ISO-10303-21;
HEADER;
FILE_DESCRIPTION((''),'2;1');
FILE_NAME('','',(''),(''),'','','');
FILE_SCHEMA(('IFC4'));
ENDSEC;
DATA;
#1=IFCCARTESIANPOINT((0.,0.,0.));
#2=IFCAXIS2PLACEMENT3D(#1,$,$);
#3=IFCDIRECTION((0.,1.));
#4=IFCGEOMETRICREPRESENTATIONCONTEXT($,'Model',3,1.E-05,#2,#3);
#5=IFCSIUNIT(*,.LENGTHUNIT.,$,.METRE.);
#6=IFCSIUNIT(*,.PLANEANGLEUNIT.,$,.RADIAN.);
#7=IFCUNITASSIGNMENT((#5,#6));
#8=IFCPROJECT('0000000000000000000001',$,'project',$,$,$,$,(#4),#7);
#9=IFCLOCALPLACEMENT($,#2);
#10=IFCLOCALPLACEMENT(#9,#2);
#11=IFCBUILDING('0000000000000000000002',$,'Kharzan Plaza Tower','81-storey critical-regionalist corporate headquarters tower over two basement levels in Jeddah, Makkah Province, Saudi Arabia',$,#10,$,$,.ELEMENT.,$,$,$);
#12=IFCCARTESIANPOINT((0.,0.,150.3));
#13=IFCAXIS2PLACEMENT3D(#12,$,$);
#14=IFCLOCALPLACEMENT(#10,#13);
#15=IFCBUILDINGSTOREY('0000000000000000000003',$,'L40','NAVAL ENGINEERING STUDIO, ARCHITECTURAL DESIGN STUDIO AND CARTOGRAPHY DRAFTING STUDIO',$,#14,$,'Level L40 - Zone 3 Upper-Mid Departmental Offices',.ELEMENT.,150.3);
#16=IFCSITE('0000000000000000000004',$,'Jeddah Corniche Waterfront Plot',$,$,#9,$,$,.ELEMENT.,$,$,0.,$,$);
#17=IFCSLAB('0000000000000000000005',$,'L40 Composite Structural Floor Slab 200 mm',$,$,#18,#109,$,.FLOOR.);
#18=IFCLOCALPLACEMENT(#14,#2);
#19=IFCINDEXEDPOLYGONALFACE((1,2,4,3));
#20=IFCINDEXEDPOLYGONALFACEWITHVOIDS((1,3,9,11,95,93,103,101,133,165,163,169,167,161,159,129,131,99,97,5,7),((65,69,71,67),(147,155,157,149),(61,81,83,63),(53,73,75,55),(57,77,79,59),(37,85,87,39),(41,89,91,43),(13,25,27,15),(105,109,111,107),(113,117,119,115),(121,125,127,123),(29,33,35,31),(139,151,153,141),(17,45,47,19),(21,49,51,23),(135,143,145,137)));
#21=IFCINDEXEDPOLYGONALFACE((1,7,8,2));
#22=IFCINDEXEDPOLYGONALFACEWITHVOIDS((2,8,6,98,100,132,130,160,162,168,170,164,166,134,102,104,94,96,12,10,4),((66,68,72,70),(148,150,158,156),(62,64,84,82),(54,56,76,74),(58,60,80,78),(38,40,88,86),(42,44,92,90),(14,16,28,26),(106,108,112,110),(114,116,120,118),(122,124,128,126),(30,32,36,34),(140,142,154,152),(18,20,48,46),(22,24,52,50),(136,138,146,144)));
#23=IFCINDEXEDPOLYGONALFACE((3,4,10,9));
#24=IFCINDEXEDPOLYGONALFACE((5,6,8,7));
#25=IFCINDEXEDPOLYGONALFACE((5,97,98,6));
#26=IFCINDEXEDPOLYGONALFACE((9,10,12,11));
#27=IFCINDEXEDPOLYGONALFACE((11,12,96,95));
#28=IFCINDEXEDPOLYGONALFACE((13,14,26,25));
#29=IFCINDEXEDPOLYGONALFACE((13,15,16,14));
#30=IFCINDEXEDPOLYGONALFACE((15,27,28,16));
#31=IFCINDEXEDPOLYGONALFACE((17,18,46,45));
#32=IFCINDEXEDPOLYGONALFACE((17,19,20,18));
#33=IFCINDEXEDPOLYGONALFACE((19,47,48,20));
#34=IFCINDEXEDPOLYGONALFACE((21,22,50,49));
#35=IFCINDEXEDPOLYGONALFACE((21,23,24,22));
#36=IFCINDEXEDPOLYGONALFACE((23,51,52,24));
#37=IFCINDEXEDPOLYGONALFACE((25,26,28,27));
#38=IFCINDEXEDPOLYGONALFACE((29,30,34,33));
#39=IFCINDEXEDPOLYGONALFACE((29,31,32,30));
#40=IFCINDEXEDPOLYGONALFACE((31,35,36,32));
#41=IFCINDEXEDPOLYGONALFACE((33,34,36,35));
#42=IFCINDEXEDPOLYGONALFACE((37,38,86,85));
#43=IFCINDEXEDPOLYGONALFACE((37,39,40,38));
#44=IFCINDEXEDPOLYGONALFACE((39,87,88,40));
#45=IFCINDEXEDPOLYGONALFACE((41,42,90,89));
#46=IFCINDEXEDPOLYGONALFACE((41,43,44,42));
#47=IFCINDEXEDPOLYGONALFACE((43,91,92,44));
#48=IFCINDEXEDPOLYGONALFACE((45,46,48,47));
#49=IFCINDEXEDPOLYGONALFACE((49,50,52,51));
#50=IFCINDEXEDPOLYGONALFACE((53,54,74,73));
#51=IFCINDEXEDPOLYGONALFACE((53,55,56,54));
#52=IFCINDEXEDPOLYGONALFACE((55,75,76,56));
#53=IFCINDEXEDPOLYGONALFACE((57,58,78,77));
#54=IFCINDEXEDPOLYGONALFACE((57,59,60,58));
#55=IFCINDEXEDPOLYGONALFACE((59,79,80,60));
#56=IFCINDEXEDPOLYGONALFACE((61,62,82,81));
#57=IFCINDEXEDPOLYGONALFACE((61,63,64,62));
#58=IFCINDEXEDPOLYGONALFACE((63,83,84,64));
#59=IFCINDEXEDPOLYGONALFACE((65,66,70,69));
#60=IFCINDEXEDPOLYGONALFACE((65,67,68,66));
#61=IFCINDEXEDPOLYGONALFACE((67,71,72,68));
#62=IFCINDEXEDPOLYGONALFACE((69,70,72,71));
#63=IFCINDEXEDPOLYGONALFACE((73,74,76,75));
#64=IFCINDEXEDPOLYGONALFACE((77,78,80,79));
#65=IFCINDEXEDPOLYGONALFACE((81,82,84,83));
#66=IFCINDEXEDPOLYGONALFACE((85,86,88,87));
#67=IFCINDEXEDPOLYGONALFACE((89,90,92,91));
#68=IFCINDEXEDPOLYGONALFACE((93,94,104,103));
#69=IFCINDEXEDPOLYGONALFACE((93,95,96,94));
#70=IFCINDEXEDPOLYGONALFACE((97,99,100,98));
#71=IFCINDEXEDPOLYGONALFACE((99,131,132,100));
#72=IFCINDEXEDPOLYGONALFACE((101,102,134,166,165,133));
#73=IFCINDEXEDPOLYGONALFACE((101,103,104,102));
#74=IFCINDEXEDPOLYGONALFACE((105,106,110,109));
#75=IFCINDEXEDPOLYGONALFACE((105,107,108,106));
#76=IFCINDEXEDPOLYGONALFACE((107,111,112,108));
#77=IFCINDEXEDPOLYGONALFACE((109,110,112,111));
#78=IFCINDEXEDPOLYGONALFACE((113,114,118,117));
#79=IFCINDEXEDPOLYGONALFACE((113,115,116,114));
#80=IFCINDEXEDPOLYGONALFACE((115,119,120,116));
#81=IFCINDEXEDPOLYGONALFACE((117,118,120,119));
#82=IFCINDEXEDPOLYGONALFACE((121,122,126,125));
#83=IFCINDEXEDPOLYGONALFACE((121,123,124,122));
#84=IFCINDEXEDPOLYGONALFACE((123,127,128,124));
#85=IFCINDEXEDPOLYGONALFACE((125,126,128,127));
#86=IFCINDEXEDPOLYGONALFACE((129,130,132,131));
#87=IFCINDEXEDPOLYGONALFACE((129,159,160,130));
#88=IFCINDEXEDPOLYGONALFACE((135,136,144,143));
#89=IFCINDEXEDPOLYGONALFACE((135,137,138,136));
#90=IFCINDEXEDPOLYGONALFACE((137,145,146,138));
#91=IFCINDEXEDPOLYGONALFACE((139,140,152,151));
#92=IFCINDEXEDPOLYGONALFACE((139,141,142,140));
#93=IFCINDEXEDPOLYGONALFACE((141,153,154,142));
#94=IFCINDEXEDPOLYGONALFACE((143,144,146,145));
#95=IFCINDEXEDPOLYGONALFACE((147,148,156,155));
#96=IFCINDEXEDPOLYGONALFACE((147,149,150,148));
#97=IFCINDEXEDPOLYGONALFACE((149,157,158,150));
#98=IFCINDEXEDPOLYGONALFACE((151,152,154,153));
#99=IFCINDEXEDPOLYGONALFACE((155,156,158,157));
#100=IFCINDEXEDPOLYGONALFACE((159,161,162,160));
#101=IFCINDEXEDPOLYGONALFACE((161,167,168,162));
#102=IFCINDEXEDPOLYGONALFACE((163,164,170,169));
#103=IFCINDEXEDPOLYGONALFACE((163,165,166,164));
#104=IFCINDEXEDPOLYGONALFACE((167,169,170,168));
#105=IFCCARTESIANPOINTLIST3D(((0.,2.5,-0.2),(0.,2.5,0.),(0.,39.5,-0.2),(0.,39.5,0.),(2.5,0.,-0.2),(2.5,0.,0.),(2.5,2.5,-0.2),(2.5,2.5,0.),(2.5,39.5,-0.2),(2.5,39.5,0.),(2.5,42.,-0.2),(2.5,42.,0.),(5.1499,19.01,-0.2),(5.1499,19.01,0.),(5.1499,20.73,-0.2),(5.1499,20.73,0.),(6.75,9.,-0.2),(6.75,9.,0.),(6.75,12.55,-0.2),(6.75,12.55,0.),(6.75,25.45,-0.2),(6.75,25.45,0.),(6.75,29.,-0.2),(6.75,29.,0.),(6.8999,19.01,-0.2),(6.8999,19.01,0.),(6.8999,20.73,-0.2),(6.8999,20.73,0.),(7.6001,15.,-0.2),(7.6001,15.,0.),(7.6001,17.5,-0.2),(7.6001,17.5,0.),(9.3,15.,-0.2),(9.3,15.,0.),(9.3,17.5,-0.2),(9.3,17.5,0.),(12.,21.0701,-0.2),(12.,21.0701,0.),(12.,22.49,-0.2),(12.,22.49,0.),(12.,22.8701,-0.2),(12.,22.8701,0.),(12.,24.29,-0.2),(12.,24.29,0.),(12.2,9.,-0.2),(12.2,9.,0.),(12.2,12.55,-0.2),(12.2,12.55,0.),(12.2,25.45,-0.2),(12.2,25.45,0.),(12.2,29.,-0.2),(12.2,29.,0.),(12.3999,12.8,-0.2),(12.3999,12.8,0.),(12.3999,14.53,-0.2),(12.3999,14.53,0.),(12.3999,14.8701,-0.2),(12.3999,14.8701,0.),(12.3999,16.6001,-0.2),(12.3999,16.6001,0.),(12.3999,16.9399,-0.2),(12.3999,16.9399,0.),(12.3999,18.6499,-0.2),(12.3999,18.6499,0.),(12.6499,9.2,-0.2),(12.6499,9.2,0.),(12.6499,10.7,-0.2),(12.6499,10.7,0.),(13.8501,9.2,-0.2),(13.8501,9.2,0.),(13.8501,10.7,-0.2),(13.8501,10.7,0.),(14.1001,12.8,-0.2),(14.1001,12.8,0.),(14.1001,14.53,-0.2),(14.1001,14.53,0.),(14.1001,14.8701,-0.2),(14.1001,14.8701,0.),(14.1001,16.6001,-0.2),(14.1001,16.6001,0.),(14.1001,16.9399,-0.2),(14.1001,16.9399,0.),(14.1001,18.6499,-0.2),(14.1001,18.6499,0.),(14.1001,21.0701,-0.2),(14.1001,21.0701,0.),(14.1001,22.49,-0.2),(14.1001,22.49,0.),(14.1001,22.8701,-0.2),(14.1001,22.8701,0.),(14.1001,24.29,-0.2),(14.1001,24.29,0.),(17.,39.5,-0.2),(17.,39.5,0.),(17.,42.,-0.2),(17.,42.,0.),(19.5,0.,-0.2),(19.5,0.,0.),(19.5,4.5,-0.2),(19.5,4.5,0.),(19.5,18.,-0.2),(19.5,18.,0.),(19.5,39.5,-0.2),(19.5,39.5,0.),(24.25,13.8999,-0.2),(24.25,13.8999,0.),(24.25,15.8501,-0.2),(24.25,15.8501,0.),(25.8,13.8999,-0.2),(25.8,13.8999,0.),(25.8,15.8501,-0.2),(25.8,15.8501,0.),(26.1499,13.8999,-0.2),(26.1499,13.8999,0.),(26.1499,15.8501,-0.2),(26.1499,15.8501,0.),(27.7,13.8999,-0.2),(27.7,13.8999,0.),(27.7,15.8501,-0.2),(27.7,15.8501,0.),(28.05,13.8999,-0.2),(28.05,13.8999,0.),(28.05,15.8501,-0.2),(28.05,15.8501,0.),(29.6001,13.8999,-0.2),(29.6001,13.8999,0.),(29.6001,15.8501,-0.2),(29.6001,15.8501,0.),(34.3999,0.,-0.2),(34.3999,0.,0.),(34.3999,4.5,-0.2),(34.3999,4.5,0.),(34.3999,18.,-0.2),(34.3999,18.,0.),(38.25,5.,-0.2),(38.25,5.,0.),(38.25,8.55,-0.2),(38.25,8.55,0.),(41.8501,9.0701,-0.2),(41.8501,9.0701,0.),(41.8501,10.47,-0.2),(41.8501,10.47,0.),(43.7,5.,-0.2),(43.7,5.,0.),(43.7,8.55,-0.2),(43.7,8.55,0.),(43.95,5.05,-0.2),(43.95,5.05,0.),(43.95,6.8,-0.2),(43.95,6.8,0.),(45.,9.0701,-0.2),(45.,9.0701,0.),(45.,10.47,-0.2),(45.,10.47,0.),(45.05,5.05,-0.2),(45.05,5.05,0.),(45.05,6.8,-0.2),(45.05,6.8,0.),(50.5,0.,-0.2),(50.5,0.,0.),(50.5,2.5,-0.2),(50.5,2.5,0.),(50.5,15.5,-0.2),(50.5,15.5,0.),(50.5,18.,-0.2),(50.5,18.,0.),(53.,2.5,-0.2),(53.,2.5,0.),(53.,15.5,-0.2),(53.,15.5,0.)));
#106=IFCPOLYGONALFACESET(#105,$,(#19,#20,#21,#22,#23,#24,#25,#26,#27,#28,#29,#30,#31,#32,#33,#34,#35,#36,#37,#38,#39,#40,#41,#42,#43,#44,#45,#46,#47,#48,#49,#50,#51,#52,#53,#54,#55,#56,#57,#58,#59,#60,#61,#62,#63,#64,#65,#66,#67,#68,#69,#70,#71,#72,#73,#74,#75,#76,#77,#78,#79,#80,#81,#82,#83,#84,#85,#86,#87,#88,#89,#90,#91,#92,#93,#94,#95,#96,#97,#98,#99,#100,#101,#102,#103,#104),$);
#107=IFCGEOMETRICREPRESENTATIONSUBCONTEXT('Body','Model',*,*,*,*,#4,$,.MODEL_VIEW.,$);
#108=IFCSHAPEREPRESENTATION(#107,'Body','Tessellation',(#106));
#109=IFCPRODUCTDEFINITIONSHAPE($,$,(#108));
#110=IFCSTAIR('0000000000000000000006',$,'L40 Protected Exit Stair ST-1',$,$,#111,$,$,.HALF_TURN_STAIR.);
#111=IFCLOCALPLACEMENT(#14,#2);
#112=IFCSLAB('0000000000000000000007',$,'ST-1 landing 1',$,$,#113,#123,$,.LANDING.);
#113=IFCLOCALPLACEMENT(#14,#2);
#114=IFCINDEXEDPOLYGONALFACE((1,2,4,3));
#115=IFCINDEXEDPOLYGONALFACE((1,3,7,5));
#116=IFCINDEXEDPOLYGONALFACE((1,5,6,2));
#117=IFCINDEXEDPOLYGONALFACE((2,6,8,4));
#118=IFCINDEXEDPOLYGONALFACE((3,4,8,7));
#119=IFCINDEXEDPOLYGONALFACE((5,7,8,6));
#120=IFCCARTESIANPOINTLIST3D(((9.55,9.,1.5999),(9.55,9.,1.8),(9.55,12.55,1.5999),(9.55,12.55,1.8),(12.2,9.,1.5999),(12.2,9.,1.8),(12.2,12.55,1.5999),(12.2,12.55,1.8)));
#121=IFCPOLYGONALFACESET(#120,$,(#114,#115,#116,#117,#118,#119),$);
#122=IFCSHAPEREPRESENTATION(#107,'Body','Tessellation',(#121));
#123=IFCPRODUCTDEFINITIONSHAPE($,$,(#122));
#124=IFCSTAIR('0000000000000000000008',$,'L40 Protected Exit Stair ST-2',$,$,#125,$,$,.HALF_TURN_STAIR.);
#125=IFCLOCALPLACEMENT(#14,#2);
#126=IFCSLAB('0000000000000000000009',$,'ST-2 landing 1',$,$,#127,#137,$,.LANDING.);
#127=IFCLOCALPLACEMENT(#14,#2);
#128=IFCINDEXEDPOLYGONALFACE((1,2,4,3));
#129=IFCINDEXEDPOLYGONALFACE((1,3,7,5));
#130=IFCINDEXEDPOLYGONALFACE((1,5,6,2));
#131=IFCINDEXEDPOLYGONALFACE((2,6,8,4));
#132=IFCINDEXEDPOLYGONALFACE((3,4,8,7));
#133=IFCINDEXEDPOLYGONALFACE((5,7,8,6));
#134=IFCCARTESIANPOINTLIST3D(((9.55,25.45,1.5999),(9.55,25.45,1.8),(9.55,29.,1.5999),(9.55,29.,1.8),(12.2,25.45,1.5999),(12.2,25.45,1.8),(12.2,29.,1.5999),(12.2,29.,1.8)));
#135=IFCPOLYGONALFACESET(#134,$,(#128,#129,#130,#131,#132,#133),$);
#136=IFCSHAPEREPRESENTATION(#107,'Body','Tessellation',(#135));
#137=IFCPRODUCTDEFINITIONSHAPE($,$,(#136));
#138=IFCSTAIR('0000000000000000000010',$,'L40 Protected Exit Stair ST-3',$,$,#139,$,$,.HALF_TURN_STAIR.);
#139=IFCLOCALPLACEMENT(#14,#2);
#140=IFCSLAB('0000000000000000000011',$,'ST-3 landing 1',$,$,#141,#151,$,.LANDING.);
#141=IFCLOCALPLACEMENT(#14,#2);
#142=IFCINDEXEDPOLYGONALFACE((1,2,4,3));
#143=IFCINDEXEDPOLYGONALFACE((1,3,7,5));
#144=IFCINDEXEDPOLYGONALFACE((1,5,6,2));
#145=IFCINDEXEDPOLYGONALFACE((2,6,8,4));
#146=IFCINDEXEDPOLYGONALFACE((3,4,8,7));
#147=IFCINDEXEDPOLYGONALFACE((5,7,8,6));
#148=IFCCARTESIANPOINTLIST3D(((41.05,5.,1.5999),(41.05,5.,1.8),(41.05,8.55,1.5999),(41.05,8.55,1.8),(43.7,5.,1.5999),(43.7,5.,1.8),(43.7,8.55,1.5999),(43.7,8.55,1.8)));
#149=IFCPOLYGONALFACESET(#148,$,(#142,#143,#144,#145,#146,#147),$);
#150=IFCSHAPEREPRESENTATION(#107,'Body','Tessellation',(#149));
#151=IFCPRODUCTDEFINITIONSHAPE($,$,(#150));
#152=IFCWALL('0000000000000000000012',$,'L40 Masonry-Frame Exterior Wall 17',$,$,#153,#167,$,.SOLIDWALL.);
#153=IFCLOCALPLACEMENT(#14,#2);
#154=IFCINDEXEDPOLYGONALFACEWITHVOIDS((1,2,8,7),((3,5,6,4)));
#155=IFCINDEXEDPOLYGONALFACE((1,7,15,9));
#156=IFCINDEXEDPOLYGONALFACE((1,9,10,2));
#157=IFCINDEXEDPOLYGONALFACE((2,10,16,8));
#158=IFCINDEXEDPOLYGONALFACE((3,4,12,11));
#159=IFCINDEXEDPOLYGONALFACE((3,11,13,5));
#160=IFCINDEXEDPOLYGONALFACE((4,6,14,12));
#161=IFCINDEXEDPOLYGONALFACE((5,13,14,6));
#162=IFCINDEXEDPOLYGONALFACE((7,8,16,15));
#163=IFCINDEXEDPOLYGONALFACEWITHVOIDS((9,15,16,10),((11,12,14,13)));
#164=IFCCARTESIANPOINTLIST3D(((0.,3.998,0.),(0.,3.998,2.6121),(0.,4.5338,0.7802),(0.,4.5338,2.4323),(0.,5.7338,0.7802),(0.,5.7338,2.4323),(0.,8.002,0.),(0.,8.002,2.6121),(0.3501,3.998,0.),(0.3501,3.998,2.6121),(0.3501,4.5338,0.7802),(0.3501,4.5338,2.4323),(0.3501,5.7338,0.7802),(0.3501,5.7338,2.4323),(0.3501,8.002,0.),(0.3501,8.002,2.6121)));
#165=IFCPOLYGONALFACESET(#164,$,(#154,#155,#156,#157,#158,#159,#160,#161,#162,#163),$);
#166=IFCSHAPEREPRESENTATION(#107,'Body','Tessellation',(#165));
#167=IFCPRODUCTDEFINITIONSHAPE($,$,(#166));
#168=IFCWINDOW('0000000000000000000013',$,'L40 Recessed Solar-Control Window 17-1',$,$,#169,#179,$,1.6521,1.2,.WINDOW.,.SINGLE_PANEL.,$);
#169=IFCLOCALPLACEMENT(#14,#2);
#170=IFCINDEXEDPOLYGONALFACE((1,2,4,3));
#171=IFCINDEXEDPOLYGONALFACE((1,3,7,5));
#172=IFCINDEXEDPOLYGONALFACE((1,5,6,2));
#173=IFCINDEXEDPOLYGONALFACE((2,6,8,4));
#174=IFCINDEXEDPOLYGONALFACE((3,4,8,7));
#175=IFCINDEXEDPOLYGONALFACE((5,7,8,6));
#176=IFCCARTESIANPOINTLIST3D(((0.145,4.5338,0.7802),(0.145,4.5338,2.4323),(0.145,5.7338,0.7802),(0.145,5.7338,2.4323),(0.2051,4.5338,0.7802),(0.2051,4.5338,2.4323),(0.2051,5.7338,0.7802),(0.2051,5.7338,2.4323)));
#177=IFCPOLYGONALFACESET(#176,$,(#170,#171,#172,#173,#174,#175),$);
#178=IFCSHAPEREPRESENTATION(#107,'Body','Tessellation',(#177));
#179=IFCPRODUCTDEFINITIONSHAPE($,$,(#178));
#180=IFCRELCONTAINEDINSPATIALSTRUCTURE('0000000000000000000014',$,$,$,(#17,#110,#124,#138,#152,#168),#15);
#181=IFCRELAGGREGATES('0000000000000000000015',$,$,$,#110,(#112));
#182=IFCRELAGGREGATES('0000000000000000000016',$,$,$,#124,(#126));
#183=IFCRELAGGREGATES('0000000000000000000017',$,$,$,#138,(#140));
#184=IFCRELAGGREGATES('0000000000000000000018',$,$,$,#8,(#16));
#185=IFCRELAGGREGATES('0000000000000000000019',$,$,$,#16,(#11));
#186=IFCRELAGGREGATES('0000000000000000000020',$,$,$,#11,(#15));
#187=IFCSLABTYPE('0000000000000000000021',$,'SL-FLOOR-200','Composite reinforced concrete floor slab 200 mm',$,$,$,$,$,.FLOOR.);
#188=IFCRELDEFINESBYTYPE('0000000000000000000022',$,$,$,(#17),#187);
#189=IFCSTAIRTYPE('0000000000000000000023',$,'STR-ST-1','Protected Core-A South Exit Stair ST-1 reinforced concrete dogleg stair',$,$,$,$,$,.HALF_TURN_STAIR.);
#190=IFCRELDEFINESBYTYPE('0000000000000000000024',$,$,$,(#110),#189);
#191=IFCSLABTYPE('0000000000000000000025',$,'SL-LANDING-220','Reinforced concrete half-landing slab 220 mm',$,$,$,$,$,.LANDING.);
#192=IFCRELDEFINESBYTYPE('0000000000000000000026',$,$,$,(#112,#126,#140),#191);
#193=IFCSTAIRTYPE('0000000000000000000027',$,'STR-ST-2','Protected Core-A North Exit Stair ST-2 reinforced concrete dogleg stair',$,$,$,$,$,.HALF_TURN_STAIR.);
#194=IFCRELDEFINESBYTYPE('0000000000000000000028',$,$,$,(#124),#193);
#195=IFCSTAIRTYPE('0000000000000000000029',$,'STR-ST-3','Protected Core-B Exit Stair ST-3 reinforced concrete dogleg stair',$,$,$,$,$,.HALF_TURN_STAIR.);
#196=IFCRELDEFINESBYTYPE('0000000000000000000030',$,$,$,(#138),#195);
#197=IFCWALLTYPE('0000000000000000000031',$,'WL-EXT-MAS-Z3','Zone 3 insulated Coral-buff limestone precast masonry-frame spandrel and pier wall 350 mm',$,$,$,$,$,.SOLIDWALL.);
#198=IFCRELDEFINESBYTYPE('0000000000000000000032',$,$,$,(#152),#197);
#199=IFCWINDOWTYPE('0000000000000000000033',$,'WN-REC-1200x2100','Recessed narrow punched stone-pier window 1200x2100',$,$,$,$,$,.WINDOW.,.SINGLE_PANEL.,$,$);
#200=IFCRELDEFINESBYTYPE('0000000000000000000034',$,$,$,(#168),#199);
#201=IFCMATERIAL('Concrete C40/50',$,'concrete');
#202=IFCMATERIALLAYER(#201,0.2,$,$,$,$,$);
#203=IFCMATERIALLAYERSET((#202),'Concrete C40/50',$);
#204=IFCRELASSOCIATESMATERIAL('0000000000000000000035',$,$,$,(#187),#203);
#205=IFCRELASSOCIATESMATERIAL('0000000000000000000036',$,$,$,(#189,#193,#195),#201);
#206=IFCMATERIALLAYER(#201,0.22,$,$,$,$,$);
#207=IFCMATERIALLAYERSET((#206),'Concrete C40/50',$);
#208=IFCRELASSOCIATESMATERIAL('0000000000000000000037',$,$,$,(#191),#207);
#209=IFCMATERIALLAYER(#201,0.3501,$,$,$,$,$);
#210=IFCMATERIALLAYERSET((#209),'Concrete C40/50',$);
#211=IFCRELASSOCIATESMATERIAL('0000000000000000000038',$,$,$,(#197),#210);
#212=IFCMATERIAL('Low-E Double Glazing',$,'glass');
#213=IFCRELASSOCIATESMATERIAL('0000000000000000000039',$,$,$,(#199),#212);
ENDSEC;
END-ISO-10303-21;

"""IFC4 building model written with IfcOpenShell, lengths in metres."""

from ifc_helpers import new_model, si_unit, direction, frame, frame_2d, origin, place, context, subcontext, project, spatial, polyline, rectangle, outline, extrude, source, transform, mapped, material, layer, layer_set, type_object, element, fill, aggregate, save


model = new_model("IFC4")

# Units and contexts
model_context = context("Model", 3, precision=1e-05, world=origin(), true_north=direction((0.0, 1.0)))
body_context = subcontext(model_context, "Body", "Model", "MODEL_VIEW")
ifc_project = project(units=[si_unit("LENGTHUNIT", "METRE"), si_unit("PLANEANGLEUNIT", "RADIAN")], contexts=[model_context])

# Site, building, storey
site_placement = place(None, origin())
site = spatial("IfcSite", under=ifc_project, at=site_placement, Name="Jeddah Corniche Waterfront Plot", CompositionType="ELEMENT", RefElevation=0.0)
building_placement = place(site_placement, origin())
building = spatial("IfcBuilding", under=site, at=building_placement, Name="Kharzan Plaza Tower", Description="81-storey critical-regionalist corporate headquarters tower over two basement levels in Jeddah, Makkah Province, Saudi Arabia", CompositionType="ELEMENT")
storey_placement = place(building_placement, frame((0.0, 0.0, 150.3)))
storey = spatial("IfcBuildingStorey", under=building, at=storey_placement, Name="L40", Description="NAVAL ENGINEERING STUDIO, ARCHITECTURAL DESIGN STUDIO AND CARTOGRAPHY DRAFTING STUDIO", LongName="Level L40 - Zone 3 Upper-Mid Departmental Offices", CompositionType="ELEMENT", Elevation=150.3)

# Slab
ifc_material_1 = material(Name="Concrete C40/50", Category="concrete")
ifc_layer_1 = layer(ifc_material_1, 0.2)
ifc_layer_set_1 = layer_set([ifc_layer_1], Name="Concrete C40/50")
slab_type_1 = type_object("IfcSlabType", Name="SL-FLOOR-200", Description="Composite reinforced concrete floor slab 200 mm", PredefinedType="FLOOR", material=ifc_layer_set_1)
slab_1_placement = place(storey_placement, frame((0.0, 0.0, -0.2)))
element("IfcSlab", 1, at=slab_1_placement, inside=storey, type_object=slab_type_1, Name="L40 Composite Structural Floor Slab 200 mm", PredefinedType="FLOOR", context=body_context, shape_type="SweptSolid", body=[
    extrude(outline(polyline([(34.3999, 18.0), (19.5, 18.0), (19.5, 39.5), (17.0, 39.5), (17.0, 42.0), (2.5, 42.0), (2.5, 39.5), (0.0, 39.5), (0.0, 2.5), (2.5, 2.5), (2.5, 0.0), (19.5, 0.0), (19.5, 4.5), (34.3999, 4.5), (34.3999, 0.0), (50.5, 0.0), (50.5, 2.5), (53.0, 2.5), (53.0, 15.5), (50.5, 15.5), (50.5, 18.0), (34.3999, 18.0)]), holes=[polyline([(12.2, 9.0), (12.2, 12.55), (6.75, 12.55), (6.75, 9.0), (12.2, 9.0)]), polyline([(14.1001, 12.8), (14.1001, 14.53), (12.3999, 14.53), (12.3999, 12.8), (14.1001, 12.8)]), polyline([(14.1001, 14.8701), (14.1001, 16.6001), (12.3999, 16.6001), (12.3999, 14.8701), (14.1001, 14.8701)]), polyline([(9.3, 15.0), (9.3, 17.5), (7.6001, 17.5), (7.6001, 15.0), (9.3, 15.0)]), polyline([(6.8999, 19.01), (6.8999, 20.73), (5.1499, 20.73), (5.1499, 19.01), (6.8999, 19.01)]), polyline([(14.1001, 21.0701), (14.1001, 22.49), (12.0, 22.49), (12.0, 21.0701), (14.1001, 21.0701)]), polyline([(14.1001, 22.8701), (14.1001, 24.29), (12.0, 24.29), (12.0, 22.8701), (14.1001, 22.8701)]), polyline([(12.2, 25.45), (12.2, 29.0), (6.75, 29.0), (6.75, 25.45), (12.2, 25.45)]), polyline([(45.05, 5.05), (45.05, 6.8), (43.95, 6.8), (43.95, 5.05), (45.05, 5.05)]), polyline([(43.7, 5.0), (43.7, 8.55), (38.25, 8.55), (38.25, 5.0), (43.7, 5.0)]), polyline([(45.0, 9.0701), (45.0, 10.47), (41.8501, 10.47), (41.8501, 9.0701), (45.0, 9.0701)]), polyline([(13.8501, 9.2), (13.8501, 10.7), (12.6499, 10.7), (12.6499, 9.2), (13.8501, 9.2)]), polyline([(25.8, 13.8999), (25.8, 15.8501), (24.25, 15.8501), (24.25, 13.8999), (25.8, 13.8999)]), polyline([(27.7, 13.8999), (27.7, 15.8501), (26.1499, 15.8501), (26.1499, 13.8999), (27.7, 13.8999)]), polyline([(29.6001, 13.8999), (29.6001, 15.8501), (28.05, 15.8501), (28.05, 13.8999), (29.6001, 13.8999)]), polyline([(14.1001, 16.9399), (14.1001, 18.6499), (12.3999, 18.6499), (12.3999, 16.9399), (14.1001, 16.9399)])]), origin(), (0.0, 0.0, 1.0), 0.2),
])

# Stairs, slabs
stair_type_1 = type_object("IfcStairType", Name="STR-ST-1", Description="Protected Core-A South Exit Stair ST-1 reinforced concrete dogleg stair", PredefinedType="HALF_TURN_STAIR", material=ifc_material_1)
stair_1_placement = place(storey_placement, origin())
stair_1 = element("IfcStair", 2, at=stair_1_placement, inside=storey, type_object=stair_type_1, Name="L40 Protected Exit Stair ST-1", PredefinedType="HALF_TURN_STAIR")
ifc_layer_2 = layer(ifc_material_1, 0.22)
ifc_layer_set_2 = layer_set([ifc_layer_2], Name="Concrete C40/50")
slab_type_2 = type_object("IfcSlabType", Name="SL-LANDING-220", Description="Reinforced concrete half-landing slab 220 mm", PredefinedType="LANDING", material=ifc_layer_set_2)
slab_2_placement = place(storey_placement, frame((0.0, 0.0, 1.5999)))
slab_2 = element("IfcSlab", 3, at=slab_2_placement, type_object=slab_type_2, Name="ST-1 landing 1", PredefinedType="LANDING", context=body_context, shape_type="SweptSolid", body=[
    extrude(outline(polyline([(9.55, 9.0), (12.2, 9.0), (12.2, 12.55), (9.55, 12.55), (9.55, 9.0)])), origin(), (0.0, 0.0, 1.0), 0.2002),
])
aggregate(stair_1, [slab_2])
stair_type_2 = type_object("IfcStairType", Name="STR-ST-2", Description="Protected Core-A North Exit Stair ST-2 reinforced concrete dogleg stair", PredefinedType="HALF_TURN_STAIR", material=ifc_material_1)
stair_2_placement = place(storey_placement, origin())
stair_2 = element("IfcStair", 4, at=stair_2_placement, inside=storey, type_object=stair_type_2, Name="L40 Protected Exit Stair ST-2", PredefinedType="HALF_TURN_STAIR")
slab_3_placement = place(storey_placement, frame((0.0, 0.0, 1.5999)))
slab_3 = element("IfcSlab", 5, at=slab_3_placement, type_object=slab_type_2, Name="ST-2 landing 1", PredefinedType="LANDING", context=body_context, shape_type="SweptSolid", body=[
    extrude(outline(polyline([(9.55, 25.45), (12.2, 25.45), (12.2, 29.0), (9.55, 29.0), (9.55, 25.45)])), origin(), (0.0, 0.0, 1.0), 0.2002),
])
aggregate(stair_2, [slab_3])
stair_type_3 = type_object("IfcStairType", Name="STR-ST-3", Description="Protected Core-B Exit Stair ST-3 reinforced concrete dogleg stair", PredefinedType="HALF_TURN_STAIR", material=ifc_material_1)
stair_3_placement = place(storey_placement, origin())
stair_3 = element("IfcStair", 6, at=stair_3_placement, inside=storey, type_object=stair_type_3, Name="L40 Protected Exit Stair ST-3", PredefinedType="HALF_TURN_STAIR")
slab_4_placement = place(storey_placement, frame((0.0, 0.0, 1.5999)))
slab_4 = element("IfcSlab", 7, at=slab_4_placement, type_object=slab_type_2, Name="ST-3 landing 1", PredefinedType="LANDING", context=body_context, shape_type="SweptSolid", body=[
    extrude(outline(polyline([(41.05, 5.0), (43.7, 5.0), (43.7, 8.55), (41.05, 8.55), (41.05, 5.0)])), origin(), (0.0, 0.0, 1.0), 0.2002),
])
aggregate(stair_3, [slab_4])

# Wall, opening, window
ifc_layer_3 = layer(ifc_material_1, 0.3501)
ifc_layer_set_3 = layer_set([ifc_layer_3], Name="Concrete C40/50")
wall_type_1 = type_object("IfcWallType", Name="WL-EXT-MAS-Z3", Description="Zone 3 insulated Coral-buff limestone precast masonry-frame spandrel and pier wall 350 mm", PredefinedType="SOLIDWALL", material=ifc_layer_set_3)
wall_1_placement = place(storey_placement, frame((0.175, 8.002, 0.0), z_axis=(0.0, 0.0, 1.0), x_axis=(0.0, -1.0, 0.0)))
wall_1 = element("IfcWall", 8, at=wall_1_placement, inside=storey, type_object=wall_type_1, Name="L40 Masonry-Frame Exterior Wall 17", PredefinedType="SOLIDWALL", context=body_context, shape_type="SweptSolid", body=[
    extrude(rectangle(XDim=4.0039, YDim=0.3501, at=frame_2d((2.002, 0.0))), origin(), (0.0, 0.0, 1.0), 2.6121),
])
opening_1_placement = place(wall_1_placement, frame((2.2681, 0.0, 0.78)))
opening_1 = element("IfcOpeningElement", 9, at=opening_1_placement, cuts=wall_1, PredefinedType="OPENING", context=body_context, shape_type="SweptSolid", body=[
    extrude(rectangle(XDim=1.2, YDim=1.6521, at=frame_2d((0.6001, 0.8262))), frame((0.0, 0.1851, 0.0), z_axis=(0.0, -1.0, 0.0), x_axis=(1.0, 0.0, 0.0)), (0.0, 0.0, 1.0), 0.3701),
])
ifc_material_2 = material(Name="Low-E Double Glazing", Category="glass")
window_type_1 = type_object("IfcWindowType", Name="WN-REC-1200x2100", Description="Recessed narrow punched stone-pier window 1200x2100", PartitioningType="SINGLE_PANEL", PredefinedType="WINDOW", material=ifc_material_2)
shared_shape_1 = source(origin(), body_context, "Body", "SweptSolid", [
    extrude(rectangle(XDim=1.2, YDim=1.6521, at=frame_2d((0.6001, 0.8262))), frame((0.0, 0.03, 0.0), z_axis=(0.0, -1.0, 0.0), x_axis=(1.0, 0.0, 0.0)), (0.0, 0.0, 1.0), 0.0601),
])
window_1_placement = place(opening_1_placement, origin())
window_1 = element("IfcWindow", 10, at=window_1_placement, inside=storey, type_object=window_type_1, Name="L40 Recessed Solar-Control Window 17-1", OverallHeight=1.6521, OverallWidth=1.2, PartitioningType="SINGLE_PANEL", PredefinedType="WINDOW", context=body_context, shape_type="MappedRepresentation", body=[
    mapped(shared_shape_1, transform((0.0, 0.0, 0.0), x_axis=(1.0, 0.0, 0.0), y_axis=(0.0, 1.0, 0.0), z_axis=(0.0, 0.0, 1.0))),
])
fill(opening_1, window_1)

save(model, "model.ifc")
